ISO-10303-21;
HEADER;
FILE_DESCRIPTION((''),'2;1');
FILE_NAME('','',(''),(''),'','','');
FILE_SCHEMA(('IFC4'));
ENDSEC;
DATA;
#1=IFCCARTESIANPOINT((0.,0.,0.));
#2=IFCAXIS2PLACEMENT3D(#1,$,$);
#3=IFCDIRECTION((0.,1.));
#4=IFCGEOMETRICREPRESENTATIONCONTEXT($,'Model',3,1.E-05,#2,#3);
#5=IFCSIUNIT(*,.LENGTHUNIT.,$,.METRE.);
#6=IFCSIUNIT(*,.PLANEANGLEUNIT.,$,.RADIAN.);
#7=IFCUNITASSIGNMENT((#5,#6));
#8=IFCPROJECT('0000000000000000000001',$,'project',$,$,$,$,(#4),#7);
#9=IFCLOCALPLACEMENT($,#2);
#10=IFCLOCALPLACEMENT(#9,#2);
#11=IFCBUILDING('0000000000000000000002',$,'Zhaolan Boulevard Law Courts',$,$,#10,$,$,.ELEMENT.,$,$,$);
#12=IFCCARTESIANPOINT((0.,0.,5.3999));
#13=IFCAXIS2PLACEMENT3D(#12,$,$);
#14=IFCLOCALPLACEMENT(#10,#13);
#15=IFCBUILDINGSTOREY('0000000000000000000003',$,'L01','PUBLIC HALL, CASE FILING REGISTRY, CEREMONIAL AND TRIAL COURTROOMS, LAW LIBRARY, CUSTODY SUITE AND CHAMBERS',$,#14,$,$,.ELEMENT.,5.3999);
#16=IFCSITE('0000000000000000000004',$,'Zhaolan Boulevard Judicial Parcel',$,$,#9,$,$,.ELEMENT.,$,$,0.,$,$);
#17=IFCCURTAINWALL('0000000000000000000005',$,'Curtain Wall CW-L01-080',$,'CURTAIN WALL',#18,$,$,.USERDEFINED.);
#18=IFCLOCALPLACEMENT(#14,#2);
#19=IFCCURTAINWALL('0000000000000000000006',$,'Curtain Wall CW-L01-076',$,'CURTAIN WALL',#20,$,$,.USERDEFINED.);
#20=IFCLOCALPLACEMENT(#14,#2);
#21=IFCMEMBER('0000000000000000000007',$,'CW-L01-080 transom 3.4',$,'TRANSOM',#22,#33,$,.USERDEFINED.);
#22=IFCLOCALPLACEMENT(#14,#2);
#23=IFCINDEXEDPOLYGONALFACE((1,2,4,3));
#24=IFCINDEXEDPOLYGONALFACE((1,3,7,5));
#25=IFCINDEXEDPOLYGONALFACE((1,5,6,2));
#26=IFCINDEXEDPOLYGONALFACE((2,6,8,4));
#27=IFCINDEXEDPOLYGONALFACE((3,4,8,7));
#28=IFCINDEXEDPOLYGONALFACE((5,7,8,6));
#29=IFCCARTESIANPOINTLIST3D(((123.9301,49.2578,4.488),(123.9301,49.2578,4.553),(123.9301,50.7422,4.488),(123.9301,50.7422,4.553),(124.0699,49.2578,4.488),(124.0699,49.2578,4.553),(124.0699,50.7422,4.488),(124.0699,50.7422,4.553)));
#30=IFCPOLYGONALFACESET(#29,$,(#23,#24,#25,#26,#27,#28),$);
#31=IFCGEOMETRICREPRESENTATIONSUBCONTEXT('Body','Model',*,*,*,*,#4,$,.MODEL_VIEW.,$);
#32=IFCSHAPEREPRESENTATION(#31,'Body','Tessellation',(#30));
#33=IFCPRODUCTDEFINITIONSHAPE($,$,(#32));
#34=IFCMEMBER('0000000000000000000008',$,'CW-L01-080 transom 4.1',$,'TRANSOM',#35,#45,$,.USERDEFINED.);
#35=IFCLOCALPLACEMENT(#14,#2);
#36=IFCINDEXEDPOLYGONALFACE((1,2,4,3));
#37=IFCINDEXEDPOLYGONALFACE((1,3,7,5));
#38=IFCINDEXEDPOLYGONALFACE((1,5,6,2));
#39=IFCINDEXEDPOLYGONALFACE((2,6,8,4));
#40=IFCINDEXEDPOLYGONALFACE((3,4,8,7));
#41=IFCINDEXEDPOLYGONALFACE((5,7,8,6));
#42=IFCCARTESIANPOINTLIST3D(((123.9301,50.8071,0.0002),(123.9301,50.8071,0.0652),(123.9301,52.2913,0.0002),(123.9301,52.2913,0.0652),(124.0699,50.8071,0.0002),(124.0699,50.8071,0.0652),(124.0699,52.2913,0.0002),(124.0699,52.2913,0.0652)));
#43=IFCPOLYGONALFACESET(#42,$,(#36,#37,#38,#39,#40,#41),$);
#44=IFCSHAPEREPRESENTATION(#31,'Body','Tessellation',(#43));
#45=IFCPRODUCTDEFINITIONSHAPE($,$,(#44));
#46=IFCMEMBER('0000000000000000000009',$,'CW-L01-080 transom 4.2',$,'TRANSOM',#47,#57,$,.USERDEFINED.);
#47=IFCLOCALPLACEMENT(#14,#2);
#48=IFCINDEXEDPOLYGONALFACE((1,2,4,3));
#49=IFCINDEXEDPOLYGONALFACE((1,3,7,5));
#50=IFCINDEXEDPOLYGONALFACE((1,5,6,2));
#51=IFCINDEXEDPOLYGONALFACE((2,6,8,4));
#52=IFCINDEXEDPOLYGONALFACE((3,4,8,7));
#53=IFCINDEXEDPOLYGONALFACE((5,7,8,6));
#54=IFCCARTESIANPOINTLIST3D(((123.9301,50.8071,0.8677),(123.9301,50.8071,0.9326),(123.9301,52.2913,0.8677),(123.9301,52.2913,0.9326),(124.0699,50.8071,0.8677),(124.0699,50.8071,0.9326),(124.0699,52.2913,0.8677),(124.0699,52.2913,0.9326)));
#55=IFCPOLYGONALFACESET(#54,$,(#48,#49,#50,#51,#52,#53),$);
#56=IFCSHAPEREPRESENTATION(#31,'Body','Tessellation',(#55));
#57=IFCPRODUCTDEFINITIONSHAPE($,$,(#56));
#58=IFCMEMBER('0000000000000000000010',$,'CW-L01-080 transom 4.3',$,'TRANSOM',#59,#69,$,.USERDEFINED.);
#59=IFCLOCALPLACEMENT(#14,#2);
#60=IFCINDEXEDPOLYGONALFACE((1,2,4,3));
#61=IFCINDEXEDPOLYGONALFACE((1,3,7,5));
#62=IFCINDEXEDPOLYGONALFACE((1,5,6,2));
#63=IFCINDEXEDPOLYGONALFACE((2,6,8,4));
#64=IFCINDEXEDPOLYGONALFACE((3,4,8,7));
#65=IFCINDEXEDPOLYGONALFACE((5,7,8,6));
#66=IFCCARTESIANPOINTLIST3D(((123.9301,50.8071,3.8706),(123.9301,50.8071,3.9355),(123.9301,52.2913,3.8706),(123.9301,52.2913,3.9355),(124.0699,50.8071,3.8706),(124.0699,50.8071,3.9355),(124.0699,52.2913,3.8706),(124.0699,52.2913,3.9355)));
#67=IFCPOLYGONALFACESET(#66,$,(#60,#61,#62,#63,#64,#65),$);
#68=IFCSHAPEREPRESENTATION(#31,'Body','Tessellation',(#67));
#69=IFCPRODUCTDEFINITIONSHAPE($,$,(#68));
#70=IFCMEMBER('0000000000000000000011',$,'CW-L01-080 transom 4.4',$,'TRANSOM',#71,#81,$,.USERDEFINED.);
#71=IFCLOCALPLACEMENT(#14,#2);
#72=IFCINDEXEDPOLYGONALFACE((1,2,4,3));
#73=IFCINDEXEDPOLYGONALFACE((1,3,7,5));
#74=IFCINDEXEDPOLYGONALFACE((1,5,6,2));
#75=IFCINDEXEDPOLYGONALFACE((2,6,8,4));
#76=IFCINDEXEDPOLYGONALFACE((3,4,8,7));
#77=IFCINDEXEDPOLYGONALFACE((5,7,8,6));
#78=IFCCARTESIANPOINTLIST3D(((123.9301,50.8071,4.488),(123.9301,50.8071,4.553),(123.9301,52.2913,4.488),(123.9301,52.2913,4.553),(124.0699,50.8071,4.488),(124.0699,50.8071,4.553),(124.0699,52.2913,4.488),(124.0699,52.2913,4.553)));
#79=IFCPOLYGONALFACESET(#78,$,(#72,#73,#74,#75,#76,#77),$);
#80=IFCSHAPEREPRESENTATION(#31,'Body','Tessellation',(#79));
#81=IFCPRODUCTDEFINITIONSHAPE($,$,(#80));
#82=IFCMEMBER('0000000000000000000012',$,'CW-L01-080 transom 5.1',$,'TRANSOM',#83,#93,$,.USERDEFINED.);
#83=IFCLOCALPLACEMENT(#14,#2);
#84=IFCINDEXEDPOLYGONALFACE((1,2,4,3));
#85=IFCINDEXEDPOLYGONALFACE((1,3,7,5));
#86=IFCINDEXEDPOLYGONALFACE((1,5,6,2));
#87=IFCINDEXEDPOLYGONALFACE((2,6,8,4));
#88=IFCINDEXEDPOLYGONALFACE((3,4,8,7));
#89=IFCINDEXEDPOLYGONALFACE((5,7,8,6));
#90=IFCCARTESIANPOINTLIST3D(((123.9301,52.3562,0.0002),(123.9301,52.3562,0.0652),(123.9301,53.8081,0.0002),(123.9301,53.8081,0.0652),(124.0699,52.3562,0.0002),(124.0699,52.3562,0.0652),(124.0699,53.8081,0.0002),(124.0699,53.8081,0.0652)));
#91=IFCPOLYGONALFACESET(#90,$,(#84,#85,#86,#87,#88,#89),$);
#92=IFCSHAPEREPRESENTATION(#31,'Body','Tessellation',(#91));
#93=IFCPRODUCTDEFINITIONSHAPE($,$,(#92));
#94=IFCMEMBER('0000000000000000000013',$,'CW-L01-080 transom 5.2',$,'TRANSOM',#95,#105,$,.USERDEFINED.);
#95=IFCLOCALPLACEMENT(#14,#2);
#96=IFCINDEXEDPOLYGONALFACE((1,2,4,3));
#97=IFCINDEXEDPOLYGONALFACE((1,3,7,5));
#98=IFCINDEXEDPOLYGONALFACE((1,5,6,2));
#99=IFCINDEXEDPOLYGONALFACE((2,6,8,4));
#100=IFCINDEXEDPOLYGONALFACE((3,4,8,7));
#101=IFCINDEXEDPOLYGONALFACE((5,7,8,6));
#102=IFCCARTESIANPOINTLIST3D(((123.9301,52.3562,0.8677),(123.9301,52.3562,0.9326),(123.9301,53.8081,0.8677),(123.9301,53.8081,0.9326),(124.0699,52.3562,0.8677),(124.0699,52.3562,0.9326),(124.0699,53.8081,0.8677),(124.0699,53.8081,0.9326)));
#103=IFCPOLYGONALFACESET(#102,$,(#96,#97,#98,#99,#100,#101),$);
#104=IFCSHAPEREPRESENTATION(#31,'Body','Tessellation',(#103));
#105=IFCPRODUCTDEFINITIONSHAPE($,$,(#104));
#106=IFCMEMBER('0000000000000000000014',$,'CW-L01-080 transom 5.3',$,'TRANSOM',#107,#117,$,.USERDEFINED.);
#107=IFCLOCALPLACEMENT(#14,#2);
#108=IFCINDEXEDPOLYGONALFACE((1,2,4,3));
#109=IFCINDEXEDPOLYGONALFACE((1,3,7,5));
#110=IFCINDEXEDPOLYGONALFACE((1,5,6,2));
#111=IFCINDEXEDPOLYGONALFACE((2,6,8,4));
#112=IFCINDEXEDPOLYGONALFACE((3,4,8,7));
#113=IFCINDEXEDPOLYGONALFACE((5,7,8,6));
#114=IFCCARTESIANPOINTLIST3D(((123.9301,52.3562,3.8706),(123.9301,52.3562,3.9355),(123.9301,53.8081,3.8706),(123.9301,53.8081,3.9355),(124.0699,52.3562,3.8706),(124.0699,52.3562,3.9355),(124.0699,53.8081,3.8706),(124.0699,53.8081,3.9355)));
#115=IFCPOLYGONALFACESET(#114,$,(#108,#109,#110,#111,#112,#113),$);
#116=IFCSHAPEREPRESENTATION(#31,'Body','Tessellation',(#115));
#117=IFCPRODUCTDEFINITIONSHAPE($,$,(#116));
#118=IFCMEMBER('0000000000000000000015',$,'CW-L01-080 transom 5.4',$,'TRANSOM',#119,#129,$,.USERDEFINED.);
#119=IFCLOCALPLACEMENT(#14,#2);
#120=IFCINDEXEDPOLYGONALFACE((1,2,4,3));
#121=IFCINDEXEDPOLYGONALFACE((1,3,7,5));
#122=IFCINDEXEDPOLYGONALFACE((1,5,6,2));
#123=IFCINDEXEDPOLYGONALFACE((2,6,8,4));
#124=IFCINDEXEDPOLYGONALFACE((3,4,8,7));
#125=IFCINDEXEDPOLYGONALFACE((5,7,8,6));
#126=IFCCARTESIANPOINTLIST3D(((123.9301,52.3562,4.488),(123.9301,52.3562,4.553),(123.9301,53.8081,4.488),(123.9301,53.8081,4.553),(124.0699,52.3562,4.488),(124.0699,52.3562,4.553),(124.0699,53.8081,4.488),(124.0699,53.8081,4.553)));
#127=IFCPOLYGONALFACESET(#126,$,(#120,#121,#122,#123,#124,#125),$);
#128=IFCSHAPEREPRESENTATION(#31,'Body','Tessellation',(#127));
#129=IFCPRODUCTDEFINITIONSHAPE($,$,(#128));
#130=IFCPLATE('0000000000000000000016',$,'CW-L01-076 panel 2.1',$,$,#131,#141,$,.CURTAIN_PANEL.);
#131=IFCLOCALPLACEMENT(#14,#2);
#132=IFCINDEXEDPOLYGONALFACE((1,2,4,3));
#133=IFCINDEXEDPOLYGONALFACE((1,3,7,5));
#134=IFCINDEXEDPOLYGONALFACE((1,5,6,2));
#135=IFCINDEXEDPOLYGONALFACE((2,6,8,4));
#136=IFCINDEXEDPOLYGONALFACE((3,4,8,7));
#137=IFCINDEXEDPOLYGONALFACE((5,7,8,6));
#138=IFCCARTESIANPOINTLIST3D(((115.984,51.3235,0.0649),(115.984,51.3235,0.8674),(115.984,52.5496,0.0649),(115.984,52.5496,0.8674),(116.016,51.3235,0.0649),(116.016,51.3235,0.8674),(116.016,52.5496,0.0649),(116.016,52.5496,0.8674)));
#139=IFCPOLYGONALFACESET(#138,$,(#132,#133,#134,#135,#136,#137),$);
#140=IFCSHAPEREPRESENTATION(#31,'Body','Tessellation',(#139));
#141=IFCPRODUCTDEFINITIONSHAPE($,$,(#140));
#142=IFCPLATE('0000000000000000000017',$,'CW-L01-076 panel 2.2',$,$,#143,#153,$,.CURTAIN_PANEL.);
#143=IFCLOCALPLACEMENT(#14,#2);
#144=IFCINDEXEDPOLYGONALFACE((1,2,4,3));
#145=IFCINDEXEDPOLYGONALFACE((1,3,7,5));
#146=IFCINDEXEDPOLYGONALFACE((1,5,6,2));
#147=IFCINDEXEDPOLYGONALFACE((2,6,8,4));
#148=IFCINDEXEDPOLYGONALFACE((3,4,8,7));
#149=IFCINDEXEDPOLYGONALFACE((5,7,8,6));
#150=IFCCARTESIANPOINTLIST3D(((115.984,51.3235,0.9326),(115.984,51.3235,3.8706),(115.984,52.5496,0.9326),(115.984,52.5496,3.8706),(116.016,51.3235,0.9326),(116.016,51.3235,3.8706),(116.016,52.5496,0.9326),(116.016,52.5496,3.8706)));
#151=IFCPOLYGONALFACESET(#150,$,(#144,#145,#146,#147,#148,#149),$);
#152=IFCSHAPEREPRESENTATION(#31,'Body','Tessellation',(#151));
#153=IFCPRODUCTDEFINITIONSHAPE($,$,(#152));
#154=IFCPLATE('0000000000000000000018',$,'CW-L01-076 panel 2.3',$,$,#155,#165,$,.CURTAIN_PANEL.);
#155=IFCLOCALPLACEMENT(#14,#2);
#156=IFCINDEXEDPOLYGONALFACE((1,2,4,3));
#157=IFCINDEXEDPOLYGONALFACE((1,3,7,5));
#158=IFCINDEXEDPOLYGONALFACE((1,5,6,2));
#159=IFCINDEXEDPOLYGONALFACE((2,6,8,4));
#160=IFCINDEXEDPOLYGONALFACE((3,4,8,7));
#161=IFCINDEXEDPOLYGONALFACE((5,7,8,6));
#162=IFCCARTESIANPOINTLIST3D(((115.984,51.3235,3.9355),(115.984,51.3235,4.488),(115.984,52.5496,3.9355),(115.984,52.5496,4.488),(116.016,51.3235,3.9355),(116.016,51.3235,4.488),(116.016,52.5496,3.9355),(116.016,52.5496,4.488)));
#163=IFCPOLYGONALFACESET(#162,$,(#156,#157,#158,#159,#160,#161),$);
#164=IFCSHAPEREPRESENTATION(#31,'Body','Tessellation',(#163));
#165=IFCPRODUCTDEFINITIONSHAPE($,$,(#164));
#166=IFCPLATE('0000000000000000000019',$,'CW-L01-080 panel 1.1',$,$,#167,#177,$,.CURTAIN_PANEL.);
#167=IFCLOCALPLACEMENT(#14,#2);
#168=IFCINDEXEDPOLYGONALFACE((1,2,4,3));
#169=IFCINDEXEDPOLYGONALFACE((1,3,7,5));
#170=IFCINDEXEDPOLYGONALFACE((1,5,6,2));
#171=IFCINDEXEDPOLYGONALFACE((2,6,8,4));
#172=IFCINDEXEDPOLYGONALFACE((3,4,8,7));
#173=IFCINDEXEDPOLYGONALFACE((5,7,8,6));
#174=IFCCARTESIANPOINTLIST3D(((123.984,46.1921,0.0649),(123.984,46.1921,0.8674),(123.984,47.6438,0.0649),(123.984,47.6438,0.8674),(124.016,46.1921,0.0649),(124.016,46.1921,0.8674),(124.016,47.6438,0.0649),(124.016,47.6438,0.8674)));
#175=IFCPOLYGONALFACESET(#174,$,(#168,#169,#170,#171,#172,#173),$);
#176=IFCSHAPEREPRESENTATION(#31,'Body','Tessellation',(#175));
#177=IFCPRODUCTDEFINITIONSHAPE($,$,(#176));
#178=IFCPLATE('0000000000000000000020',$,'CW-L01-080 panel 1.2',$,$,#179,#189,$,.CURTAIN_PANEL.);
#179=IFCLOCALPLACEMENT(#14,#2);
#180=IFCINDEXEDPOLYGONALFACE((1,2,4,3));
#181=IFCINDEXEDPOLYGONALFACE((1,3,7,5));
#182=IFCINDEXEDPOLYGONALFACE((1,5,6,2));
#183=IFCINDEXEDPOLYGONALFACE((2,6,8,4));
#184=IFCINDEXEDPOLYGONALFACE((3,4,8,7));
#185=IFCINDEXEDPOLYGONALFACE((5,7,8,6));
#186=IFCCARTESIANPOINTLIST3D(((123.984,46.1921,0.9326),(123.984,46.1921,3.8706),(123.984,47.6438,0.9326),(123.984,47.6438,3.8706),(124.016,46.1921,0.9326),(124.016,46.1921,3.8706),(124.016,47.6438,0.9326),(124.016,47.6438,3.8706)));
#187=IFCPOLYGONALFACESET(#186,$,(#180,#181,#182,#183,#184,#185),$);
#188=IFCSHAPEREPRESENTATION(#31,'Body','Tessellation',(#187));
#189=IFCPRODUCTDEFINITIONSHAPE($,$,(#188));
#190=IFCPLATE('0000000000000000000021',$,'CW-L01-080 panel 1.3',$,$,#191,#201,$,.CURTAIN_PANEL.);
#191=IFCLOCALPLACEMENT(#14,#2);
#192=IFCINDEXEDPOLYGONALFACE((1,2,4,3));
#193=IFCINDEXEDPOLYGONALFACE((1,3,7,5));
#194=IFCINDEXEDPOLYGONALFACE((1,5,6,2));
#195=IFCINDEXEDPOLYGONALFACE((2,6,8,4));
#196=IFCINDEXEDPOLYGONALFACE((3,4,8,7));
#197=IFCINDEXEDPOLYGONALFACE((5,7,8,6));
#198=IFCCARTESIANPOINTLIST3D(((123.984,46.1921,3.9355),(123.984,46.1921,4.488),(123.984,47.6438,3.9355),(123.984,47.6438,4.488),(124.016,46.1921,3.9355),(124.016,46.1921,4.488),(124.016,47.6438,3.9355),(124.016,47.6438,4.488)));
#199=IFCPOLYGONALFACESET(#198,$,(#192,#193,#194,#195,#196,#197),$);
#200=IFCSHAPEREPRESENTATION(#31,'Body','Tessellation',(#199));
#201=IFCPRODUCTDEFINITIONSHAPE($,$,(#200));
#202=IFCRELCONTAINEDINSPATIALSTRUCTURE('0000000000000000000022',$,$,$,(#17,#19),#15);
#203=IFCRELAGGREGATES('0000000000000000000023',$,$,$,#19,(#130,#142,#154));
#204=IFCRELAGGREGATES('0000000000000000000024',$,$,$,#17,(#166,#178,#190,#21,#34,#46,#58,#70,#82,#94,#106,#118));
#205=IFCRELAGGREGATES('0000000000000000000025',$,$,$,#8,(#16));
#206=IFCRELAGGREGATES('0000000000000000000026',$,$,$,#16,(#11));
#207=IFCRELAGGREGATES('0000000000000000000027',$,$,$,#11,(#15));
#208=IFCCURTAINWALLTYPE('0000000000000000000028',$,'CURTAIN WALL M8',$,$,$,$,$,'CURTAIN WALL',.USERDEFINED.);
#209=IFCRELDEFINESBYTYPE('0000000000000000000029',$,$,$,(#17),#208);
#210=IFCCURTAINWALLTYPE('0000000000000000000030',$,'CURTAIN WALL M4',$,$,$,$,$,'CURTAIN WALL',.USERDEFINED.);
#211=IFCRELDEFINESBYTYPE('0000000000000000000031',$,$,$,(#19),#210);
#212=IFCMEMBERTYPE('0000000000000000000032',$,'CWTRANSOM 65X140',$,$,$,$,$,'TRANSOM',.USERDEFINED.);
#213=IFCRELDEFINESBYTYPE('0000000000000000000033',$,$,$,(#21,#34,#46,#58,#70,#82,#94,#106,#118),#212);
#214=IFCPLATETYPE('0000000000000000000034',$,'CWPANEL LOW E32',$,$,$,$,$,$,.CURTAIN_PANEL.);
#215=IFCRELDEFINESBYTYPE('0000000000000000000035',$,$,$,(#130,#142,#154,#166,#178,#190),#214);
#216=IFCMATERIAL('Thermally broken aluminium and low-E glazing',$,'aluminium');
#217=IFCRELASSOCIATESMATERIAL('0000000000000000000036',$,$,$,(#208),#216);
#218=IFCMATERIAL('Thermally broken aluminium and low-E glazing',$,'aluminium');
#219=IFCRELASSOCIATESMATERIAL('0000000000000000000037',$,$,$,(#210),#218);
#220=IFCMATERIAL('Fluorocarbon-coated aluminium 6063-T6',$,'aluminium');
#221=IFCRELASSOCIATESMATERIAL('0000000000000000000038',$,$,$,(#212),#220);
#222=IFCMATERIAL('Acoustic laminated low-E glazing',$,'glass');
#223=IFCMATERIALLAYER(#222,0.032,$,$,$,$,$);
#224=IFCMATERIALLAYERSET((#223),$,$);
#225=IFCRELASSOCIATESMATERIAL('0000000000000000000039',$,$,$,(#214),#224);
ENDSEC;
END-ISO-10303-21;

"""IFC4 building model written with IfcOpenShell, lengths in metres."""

from ifc_helpers import new_model, si_unit, direction, frame, origin, origin_2d, place, context, subcontext, project, spatial, rectangle, extrude, material, layer, layer_set, material_profile, profile_set, type_object, element, aggregate, save


model = new_model("IFC4")

# Units and contexts
model_context = context("Model", 3, precision=1e-05, world=origin(), true_north=direction((0.0, 1.0)))
body_context = subcontext(model_context, "Body", "Model", "MODEL_VIEW")
ifc_project = project(units=[si_unit("LENGTHUNIT", "METRE"), si_unit("PLANEANGLEUNIT", "RADIAN")], contexts=[model_context])

# Site, building, storey
site_placement = place(None, origin())
site = spatial("IfcSite", under=ifc_project, at=site_placement, Name="Zhaolan Boulevard Judicial Parcel", CompositionType="ELEMENT", RefElevation=0.0)
building_placement = place(site_placement, origin())
building = spatial("IfcBuilding", under=site, at=building_placement, Name="Zhaolan Boulevard Law Courts", CompositionType="ELEMENT")
storey_placement = place(building_placement, frame((0.0, 0.0, 5.3999)))
storey = spatial("IfcBuildingStorey", under=building, at=storey_placement, Name="L01", Description="PUBLIC HALL, CASE FILING REGISTRY, CEREMONIAL AND TRIAL COURTROOMS, LAW LIBRARY, CUSTODY SUITE AND CHAMBERS", CompositionType="ELEMENT", Elevation=5.3999)

# Curtain walls
ifc_material_1 = material(Name="Thermally broken aluminium and low-E glazing", Category="aluminium")
curtain_wall_type_1 = type_object("IfcCurtainWallType", Name="CURTAIN WALL M8", ElementType="CURTAIN WALL", PredefinedType="USERDEFINED", material=ifc_material_1)
curtain_wall_1_placement = place(storey_placement, origin())
curtain_wall_1 = element("IfcCurtainWall", 1, at=curtain_wall_1_placement, inside=storey, type_object=curtain_wall_type_1, Name="Curtain Wall CW-L01-080", ObjectType="CURTAIN WALL", PredefinedType="USERDEFINED")
ifc_material_2 = material(Name="Thermally broken aluminium and low-E glazing", Category="aluminium")
curtain_wall_type_2 = type_object("IfcCurtainWallType", Name="CURTAIN WALL M4", ElementType="CURTAIN WALL", PredefinedType="USERDEFINED", material=ifc_material_2)
curtain_wall_2_placement = place(storey_placement, origin())
curtain_wall_2 = element("IfcCurtainWall", 2, at=curtain_wall_2_placement, inside=storey, type_object=curtain_wall_type_2, Name="Curtain Wall CW-L01-076", ObjectType="CURTAIN WALL", PredefinedType="USERDEFINED")
ifc_material_3 = material(Name="Fluorocarbon-coated aluminium 6063-T6", Category="aluminium")
ifc_material_profile_1 = material_profile(ifc_material_3, rectangle(XDim=0.1399, YDim=0.0649, at=origin_2d()), Name="AL65x140")
ifc_profile_set_1 = profile_set([ifc_material_profile_1], Name="Fluorocarbon-coated aluminium 6063-T6")
member_type_1 = type_object("IfcMemberType", Name="CWTRANSOM 65X140", ElementType="TRANSOM", PredefinedType="USERDEFINED", material=ifc_profile_set_1)

# Members
member_1_placement = place(storey_placement, frame((124.0, 49.2578, 4.5205), z_axis=(0.0, 1.0, 0.0), x_axis=(-1.0, 0.0, 0.0)))
member_1 = element("IfcMember", 3, at=member_1_placement, type_object=member_type_1, Name="CW-L01-080 transom 3.4", ObjectType="TRANSOM", PredefinedType="USERDEFINED", context=body_context, shape_type="SweptSolid", body=[
    extrude(rectangle(XDim=0.1399, YDim=0.0649, at=origin_2d()), origin(), (0.0, 0.0, 1.0), 1.4844),
])
member_2_placement = place(storey_placement, frame((124.0, 50.8071, 0.0327), z_axis=(0.0, 1.0, 0.0), x_axis=(-1.0, 0.0, 0.0)))
member_2 = element("IfcMember", 4, at=member_2_placement, type_object=member_type_1, Name="CW-L01-080 transom 4.1", ObjectType="TRANSOM", PredefinedType="USERDEFINED", context=body_context, shape_type="SweptSolid", body=[
    extrude(rectangle(XDim=0.1399, YDim=0.0649, at=origin_2d()), origin(), (0.0, 0.0, 1.0), 1.4841),
])
member_3_placement = place(storey_placement, frame((124.0, 50.8071, 0.9001), z_axis=(0.0, 1.0, 0.0), x_axis=(-1.0, 0.0, 0.0)))
member_3 = element("IfcMember", 5, at=member_3_placement, type_object=member_type_1, Name="CW-L01-080 transom 4.2", ObjectType="TRANSOM", PredefinedType="USERDEFINED", context=body_context, shape_type="SweptSolid", body=[
    extrude(rectangle(XDim=0.1399, YDim=0.0649, at=origin_2d()), origin(), (0.0, 0.0, 1.0), 1.4841),
])
member_4_placement = place(storey_placement, frame((124.0, 50.8071, 3.9031), z_axis=(0.0, 1.0, 0.0), x_axis=(-1.0, 0.0, 0.0)))
member_4 = element("IfcMember", 6, at=member_4_placement, type_object=member_type_1, Name="CW-L01-080 transom 4.3", ObjectType="TRANSOM", PredefinedType="USERDEFINED", context=body_context, shape_type="SweptSolid", body=[
    extrude(rectangle(XDim=0.1399, YDim=0.0649, at=origin_2d()), origin(), (0.0, 0.0, 1.0), 1.4841),
])
member_5_placement = place(storey_placement, frame((124.0, 50.8071, 4.5205), z_axis=(0.0, 1.0, 0.0), x_axis=(-1.0, 0.0, 0.0)))
member_5 = element("IfcMember", 7, at=member_5_placement, type_object=member_type_1, Name="CW-L01-080 transom 4.4", ObjectType="TRANSOM", PredefinedType="USERDEFINED", context=body_context, shape_type="SweptSolid", body=[
    extrude(rectangle(XDim=0.1399, YDim=0.0649, at=origin_2d()), origin(), (0.0, 0.0, 1.0), 1.4841),
])
member_6_placement = place(storey_placement, frame((124.0, 52.3562, 0.0327), z_axis=(0.0, 1.0, 0.0), x_axis=(-1.0, 0.0, 0.0)))
member_6 = element("IfcMember", 8, at=member_6_placement, type_object=member_type_1, Name="CW-L01-080 transom 5.1", ObjectType="TRANSOM", PredefinedType="USERDEFINED", context=body_context, shape_type="SweptSolid", body=[
    extrude(rectangle(XDim=0.1399, YDim=0.0649, at=origin_2d()), origin(), (0.0, 0.0, 1.0), 1.4519),
])
member_7_placement = place(storey_placement, frame((124.0, 52.3562, 0.9001), z_axis=(0.0, 1.0, 0.0), x_axis=(-1.0, 0.0, 0.0)))
member_7 = element("IfcMember", 9, at=member_7_placement, type_object=member_type_1, Name="CW-L01-080 transom 5.2", ObjectType="TRANSOM", PredefinedType="USERDEFINED", context=body_context, shape_type="SweptSolid", body=[
    extrude(rectangle(XDim=0.1399, YDim=0.0649, at=origin_2d()), origin(), (0.0, 0.0, 1.0), 1.4519),
])
member_8_placement = place(storey_placement, frame((124.0, 52.3562, 3.9031), z_axis=(0.0, 1.0, 0.0), x_axis=(-1.0, 0.0, 0.0)))
member_8 = element("IfcMember", 10, at=member_8_placement, type_object=member_type_1, Name="CW-L01-080 transom 5.3", ObjectType="TRANSOM", PredefinedType="USERDEFINED", context=body_context, shape_type="SweptSolid", body=[
    extrude(rectangle(XDim=0.1399, YDim=0.0649, at=origin_2d()), origin(), (0.0, 0.0, 1.0), 1.4519),
])
member_9_placement = place(storey_placement, frame((124.0, 52.3562, 4.5205), z_axis=(0.0, 1.0, 0.0), x_axis=(-1.0, 0.0, 0.0)))
member_9 = element("IfcMember", 11, at=member_9_placement, type_object=member_type_1, Name="CW-L01-080 transom 5.4", ObjectType="TRANSOM", PredefinedType="USERDEFINED", context=body_context, shape_type="SweptSolid", body=[
    extrude(rectangle(XDim=0.1399, YDim=0.0649, at=origin_2d()), origin(), (0.0, 0.0, 1.0), 1.4519),
])

# Plates
ifc_material_4 = material(Name="Acoustic laminated low-E glazing", Category="glass")
ifc_layer = layer(ifc_material_4, 0.032)
ifc_layer_set = layer_set([ifc_layer])
plate_type = type_object("IfcPlateType", Name="CWPANEL LOW E32", PredefinedType="CURTAIN_PANEL", material=ifc_layer_set)
plate_1_placement = place(storey_placement, frame((116.0, 51.9365, 0.0649), z_axis=(0.0, 0.0, 1.0), x_axis=(0.0, -1.0, 0.0)))
plate_1 = element("IfcPlate", 12, at=plate_1_placement, type_object=plate_type, Name="CW-L01-076 panel 2.1", PredefinedType="CURTAIN_PANEL", context=body_context, shape_type="SweptSolid", body=[
    extrude(rectangle(XDim=1.2261, YDim=0.032, at=origin_2d()), origin(), (0.0, 0.0, 1.0), 0.8025),
])
plate_2_placement = place(storey_placement, frame((116.0, 51.9365, 0.9326), z_axis=(0.0, 0.0, 1.0), x_axis=(0.0, -1.0, 0.0)))
plate_2 = element("IfcPlate", 13, at=plate_2_placement, type_object=plate_type, Name="CW-L01-076 panel 2.2", PredefinedType="CURTAIN_PANEL", context=body_context, shape_type="SweptSolid", body=[
    extrude(rectangle(XDim=1.2261, YDim=0.032, at=origin_2d()), origin(), (0.0, 0.0, 1.0), 2.938),
])
plate_3_placement = place(storey_placement, frame((116.0, 51.9365, 3.9355), z_axis=(0.0, 0.0, 1.0), x_axis=(0.0, -1.0, 0.0)))
plate_3 = element("IfcPlate", 14, at=plate_3_placement, type_object=plate_type, Name="CW-L01-076 panel 2.3", PredefinedType="CURTAIN_PANEL", context=body_context, shape_type="SweptSolid", body=[
    extrude(rectangle(XDim=1.2261, YDim=0.032, at=origin_2d()), origin(), (0.0, 0.0, 1.0), 0.5525),
])
aggregate(curtain_wall_2, [plate_1, plate_2, plate_3])
plate_4_placement = place(storey_placement, frame((124.0, 46.918, 0.0649), z_axis=(0.0, 0.0, 1.0), x_axis=(0.0, 1.0, 0.0)))
plate_4 = element("IfcPlate", 15, at=plate_4_placement, type_object=plate_type, Name="CW-L01-080 panel 1.1", PredefinedType="CURTAIN_PANEL", context=body_context, shape_type="SweptSolid", body=[
    extrude(rectangle(XDim=1.4517, YDim=0.032, at=origin_2d()), origin(), (0.0, 0.0, 1.0), 0.8025),
])
plate_5_placement = place(storey_placement, frame((124.0, 46.918, 0.9326), z_axis=(0.0, 0.0, 1.0), x_axis=(0.0, 1.0, 0.0)))
plate_5 = element("IfcPlate", 16, at=plate_5_placement, type_object=plate_type, Name="CW-L01-080 panel 1.2", PredefinedType="CURTAIN_PANEL", context=body_context, shape_type="SweptSolid", body=[
    extrude(rectangle(XDim=1.4517, YDim=0.032, at=origin_2d()), origin(), (0.0, 0.0, 1.0), 2.938),
])
plate_6_placement = place(storey_placement, frame((124.0, 46.918, 3.9355), z_axis=(0.0, 0.0, 1.0), x_axis=(0.0, 1.0, 0.0)))
plate_6 = element("IfcPlate", 17, at=plate_6_placement, type_object=plate_type, Name="CW-L01-080 panel 1.3", PredefinedType="CURTAIN_PANEL", context=body_context, shape_type="SweptSolid", body=[
    extrude(rectangle(XDim=1.4517, YDim=0.032, at=origin_2d()), origin(), (0.0, 0.0, 1.0), 0.5525),
])
aggregate(curtain_wall_1, [plate_4, plate_5, plate_6, member_1, member_2, member_3, member_4, member_5, member_6, member_7, member_8, member_9])

save(model, "model.ifc")
